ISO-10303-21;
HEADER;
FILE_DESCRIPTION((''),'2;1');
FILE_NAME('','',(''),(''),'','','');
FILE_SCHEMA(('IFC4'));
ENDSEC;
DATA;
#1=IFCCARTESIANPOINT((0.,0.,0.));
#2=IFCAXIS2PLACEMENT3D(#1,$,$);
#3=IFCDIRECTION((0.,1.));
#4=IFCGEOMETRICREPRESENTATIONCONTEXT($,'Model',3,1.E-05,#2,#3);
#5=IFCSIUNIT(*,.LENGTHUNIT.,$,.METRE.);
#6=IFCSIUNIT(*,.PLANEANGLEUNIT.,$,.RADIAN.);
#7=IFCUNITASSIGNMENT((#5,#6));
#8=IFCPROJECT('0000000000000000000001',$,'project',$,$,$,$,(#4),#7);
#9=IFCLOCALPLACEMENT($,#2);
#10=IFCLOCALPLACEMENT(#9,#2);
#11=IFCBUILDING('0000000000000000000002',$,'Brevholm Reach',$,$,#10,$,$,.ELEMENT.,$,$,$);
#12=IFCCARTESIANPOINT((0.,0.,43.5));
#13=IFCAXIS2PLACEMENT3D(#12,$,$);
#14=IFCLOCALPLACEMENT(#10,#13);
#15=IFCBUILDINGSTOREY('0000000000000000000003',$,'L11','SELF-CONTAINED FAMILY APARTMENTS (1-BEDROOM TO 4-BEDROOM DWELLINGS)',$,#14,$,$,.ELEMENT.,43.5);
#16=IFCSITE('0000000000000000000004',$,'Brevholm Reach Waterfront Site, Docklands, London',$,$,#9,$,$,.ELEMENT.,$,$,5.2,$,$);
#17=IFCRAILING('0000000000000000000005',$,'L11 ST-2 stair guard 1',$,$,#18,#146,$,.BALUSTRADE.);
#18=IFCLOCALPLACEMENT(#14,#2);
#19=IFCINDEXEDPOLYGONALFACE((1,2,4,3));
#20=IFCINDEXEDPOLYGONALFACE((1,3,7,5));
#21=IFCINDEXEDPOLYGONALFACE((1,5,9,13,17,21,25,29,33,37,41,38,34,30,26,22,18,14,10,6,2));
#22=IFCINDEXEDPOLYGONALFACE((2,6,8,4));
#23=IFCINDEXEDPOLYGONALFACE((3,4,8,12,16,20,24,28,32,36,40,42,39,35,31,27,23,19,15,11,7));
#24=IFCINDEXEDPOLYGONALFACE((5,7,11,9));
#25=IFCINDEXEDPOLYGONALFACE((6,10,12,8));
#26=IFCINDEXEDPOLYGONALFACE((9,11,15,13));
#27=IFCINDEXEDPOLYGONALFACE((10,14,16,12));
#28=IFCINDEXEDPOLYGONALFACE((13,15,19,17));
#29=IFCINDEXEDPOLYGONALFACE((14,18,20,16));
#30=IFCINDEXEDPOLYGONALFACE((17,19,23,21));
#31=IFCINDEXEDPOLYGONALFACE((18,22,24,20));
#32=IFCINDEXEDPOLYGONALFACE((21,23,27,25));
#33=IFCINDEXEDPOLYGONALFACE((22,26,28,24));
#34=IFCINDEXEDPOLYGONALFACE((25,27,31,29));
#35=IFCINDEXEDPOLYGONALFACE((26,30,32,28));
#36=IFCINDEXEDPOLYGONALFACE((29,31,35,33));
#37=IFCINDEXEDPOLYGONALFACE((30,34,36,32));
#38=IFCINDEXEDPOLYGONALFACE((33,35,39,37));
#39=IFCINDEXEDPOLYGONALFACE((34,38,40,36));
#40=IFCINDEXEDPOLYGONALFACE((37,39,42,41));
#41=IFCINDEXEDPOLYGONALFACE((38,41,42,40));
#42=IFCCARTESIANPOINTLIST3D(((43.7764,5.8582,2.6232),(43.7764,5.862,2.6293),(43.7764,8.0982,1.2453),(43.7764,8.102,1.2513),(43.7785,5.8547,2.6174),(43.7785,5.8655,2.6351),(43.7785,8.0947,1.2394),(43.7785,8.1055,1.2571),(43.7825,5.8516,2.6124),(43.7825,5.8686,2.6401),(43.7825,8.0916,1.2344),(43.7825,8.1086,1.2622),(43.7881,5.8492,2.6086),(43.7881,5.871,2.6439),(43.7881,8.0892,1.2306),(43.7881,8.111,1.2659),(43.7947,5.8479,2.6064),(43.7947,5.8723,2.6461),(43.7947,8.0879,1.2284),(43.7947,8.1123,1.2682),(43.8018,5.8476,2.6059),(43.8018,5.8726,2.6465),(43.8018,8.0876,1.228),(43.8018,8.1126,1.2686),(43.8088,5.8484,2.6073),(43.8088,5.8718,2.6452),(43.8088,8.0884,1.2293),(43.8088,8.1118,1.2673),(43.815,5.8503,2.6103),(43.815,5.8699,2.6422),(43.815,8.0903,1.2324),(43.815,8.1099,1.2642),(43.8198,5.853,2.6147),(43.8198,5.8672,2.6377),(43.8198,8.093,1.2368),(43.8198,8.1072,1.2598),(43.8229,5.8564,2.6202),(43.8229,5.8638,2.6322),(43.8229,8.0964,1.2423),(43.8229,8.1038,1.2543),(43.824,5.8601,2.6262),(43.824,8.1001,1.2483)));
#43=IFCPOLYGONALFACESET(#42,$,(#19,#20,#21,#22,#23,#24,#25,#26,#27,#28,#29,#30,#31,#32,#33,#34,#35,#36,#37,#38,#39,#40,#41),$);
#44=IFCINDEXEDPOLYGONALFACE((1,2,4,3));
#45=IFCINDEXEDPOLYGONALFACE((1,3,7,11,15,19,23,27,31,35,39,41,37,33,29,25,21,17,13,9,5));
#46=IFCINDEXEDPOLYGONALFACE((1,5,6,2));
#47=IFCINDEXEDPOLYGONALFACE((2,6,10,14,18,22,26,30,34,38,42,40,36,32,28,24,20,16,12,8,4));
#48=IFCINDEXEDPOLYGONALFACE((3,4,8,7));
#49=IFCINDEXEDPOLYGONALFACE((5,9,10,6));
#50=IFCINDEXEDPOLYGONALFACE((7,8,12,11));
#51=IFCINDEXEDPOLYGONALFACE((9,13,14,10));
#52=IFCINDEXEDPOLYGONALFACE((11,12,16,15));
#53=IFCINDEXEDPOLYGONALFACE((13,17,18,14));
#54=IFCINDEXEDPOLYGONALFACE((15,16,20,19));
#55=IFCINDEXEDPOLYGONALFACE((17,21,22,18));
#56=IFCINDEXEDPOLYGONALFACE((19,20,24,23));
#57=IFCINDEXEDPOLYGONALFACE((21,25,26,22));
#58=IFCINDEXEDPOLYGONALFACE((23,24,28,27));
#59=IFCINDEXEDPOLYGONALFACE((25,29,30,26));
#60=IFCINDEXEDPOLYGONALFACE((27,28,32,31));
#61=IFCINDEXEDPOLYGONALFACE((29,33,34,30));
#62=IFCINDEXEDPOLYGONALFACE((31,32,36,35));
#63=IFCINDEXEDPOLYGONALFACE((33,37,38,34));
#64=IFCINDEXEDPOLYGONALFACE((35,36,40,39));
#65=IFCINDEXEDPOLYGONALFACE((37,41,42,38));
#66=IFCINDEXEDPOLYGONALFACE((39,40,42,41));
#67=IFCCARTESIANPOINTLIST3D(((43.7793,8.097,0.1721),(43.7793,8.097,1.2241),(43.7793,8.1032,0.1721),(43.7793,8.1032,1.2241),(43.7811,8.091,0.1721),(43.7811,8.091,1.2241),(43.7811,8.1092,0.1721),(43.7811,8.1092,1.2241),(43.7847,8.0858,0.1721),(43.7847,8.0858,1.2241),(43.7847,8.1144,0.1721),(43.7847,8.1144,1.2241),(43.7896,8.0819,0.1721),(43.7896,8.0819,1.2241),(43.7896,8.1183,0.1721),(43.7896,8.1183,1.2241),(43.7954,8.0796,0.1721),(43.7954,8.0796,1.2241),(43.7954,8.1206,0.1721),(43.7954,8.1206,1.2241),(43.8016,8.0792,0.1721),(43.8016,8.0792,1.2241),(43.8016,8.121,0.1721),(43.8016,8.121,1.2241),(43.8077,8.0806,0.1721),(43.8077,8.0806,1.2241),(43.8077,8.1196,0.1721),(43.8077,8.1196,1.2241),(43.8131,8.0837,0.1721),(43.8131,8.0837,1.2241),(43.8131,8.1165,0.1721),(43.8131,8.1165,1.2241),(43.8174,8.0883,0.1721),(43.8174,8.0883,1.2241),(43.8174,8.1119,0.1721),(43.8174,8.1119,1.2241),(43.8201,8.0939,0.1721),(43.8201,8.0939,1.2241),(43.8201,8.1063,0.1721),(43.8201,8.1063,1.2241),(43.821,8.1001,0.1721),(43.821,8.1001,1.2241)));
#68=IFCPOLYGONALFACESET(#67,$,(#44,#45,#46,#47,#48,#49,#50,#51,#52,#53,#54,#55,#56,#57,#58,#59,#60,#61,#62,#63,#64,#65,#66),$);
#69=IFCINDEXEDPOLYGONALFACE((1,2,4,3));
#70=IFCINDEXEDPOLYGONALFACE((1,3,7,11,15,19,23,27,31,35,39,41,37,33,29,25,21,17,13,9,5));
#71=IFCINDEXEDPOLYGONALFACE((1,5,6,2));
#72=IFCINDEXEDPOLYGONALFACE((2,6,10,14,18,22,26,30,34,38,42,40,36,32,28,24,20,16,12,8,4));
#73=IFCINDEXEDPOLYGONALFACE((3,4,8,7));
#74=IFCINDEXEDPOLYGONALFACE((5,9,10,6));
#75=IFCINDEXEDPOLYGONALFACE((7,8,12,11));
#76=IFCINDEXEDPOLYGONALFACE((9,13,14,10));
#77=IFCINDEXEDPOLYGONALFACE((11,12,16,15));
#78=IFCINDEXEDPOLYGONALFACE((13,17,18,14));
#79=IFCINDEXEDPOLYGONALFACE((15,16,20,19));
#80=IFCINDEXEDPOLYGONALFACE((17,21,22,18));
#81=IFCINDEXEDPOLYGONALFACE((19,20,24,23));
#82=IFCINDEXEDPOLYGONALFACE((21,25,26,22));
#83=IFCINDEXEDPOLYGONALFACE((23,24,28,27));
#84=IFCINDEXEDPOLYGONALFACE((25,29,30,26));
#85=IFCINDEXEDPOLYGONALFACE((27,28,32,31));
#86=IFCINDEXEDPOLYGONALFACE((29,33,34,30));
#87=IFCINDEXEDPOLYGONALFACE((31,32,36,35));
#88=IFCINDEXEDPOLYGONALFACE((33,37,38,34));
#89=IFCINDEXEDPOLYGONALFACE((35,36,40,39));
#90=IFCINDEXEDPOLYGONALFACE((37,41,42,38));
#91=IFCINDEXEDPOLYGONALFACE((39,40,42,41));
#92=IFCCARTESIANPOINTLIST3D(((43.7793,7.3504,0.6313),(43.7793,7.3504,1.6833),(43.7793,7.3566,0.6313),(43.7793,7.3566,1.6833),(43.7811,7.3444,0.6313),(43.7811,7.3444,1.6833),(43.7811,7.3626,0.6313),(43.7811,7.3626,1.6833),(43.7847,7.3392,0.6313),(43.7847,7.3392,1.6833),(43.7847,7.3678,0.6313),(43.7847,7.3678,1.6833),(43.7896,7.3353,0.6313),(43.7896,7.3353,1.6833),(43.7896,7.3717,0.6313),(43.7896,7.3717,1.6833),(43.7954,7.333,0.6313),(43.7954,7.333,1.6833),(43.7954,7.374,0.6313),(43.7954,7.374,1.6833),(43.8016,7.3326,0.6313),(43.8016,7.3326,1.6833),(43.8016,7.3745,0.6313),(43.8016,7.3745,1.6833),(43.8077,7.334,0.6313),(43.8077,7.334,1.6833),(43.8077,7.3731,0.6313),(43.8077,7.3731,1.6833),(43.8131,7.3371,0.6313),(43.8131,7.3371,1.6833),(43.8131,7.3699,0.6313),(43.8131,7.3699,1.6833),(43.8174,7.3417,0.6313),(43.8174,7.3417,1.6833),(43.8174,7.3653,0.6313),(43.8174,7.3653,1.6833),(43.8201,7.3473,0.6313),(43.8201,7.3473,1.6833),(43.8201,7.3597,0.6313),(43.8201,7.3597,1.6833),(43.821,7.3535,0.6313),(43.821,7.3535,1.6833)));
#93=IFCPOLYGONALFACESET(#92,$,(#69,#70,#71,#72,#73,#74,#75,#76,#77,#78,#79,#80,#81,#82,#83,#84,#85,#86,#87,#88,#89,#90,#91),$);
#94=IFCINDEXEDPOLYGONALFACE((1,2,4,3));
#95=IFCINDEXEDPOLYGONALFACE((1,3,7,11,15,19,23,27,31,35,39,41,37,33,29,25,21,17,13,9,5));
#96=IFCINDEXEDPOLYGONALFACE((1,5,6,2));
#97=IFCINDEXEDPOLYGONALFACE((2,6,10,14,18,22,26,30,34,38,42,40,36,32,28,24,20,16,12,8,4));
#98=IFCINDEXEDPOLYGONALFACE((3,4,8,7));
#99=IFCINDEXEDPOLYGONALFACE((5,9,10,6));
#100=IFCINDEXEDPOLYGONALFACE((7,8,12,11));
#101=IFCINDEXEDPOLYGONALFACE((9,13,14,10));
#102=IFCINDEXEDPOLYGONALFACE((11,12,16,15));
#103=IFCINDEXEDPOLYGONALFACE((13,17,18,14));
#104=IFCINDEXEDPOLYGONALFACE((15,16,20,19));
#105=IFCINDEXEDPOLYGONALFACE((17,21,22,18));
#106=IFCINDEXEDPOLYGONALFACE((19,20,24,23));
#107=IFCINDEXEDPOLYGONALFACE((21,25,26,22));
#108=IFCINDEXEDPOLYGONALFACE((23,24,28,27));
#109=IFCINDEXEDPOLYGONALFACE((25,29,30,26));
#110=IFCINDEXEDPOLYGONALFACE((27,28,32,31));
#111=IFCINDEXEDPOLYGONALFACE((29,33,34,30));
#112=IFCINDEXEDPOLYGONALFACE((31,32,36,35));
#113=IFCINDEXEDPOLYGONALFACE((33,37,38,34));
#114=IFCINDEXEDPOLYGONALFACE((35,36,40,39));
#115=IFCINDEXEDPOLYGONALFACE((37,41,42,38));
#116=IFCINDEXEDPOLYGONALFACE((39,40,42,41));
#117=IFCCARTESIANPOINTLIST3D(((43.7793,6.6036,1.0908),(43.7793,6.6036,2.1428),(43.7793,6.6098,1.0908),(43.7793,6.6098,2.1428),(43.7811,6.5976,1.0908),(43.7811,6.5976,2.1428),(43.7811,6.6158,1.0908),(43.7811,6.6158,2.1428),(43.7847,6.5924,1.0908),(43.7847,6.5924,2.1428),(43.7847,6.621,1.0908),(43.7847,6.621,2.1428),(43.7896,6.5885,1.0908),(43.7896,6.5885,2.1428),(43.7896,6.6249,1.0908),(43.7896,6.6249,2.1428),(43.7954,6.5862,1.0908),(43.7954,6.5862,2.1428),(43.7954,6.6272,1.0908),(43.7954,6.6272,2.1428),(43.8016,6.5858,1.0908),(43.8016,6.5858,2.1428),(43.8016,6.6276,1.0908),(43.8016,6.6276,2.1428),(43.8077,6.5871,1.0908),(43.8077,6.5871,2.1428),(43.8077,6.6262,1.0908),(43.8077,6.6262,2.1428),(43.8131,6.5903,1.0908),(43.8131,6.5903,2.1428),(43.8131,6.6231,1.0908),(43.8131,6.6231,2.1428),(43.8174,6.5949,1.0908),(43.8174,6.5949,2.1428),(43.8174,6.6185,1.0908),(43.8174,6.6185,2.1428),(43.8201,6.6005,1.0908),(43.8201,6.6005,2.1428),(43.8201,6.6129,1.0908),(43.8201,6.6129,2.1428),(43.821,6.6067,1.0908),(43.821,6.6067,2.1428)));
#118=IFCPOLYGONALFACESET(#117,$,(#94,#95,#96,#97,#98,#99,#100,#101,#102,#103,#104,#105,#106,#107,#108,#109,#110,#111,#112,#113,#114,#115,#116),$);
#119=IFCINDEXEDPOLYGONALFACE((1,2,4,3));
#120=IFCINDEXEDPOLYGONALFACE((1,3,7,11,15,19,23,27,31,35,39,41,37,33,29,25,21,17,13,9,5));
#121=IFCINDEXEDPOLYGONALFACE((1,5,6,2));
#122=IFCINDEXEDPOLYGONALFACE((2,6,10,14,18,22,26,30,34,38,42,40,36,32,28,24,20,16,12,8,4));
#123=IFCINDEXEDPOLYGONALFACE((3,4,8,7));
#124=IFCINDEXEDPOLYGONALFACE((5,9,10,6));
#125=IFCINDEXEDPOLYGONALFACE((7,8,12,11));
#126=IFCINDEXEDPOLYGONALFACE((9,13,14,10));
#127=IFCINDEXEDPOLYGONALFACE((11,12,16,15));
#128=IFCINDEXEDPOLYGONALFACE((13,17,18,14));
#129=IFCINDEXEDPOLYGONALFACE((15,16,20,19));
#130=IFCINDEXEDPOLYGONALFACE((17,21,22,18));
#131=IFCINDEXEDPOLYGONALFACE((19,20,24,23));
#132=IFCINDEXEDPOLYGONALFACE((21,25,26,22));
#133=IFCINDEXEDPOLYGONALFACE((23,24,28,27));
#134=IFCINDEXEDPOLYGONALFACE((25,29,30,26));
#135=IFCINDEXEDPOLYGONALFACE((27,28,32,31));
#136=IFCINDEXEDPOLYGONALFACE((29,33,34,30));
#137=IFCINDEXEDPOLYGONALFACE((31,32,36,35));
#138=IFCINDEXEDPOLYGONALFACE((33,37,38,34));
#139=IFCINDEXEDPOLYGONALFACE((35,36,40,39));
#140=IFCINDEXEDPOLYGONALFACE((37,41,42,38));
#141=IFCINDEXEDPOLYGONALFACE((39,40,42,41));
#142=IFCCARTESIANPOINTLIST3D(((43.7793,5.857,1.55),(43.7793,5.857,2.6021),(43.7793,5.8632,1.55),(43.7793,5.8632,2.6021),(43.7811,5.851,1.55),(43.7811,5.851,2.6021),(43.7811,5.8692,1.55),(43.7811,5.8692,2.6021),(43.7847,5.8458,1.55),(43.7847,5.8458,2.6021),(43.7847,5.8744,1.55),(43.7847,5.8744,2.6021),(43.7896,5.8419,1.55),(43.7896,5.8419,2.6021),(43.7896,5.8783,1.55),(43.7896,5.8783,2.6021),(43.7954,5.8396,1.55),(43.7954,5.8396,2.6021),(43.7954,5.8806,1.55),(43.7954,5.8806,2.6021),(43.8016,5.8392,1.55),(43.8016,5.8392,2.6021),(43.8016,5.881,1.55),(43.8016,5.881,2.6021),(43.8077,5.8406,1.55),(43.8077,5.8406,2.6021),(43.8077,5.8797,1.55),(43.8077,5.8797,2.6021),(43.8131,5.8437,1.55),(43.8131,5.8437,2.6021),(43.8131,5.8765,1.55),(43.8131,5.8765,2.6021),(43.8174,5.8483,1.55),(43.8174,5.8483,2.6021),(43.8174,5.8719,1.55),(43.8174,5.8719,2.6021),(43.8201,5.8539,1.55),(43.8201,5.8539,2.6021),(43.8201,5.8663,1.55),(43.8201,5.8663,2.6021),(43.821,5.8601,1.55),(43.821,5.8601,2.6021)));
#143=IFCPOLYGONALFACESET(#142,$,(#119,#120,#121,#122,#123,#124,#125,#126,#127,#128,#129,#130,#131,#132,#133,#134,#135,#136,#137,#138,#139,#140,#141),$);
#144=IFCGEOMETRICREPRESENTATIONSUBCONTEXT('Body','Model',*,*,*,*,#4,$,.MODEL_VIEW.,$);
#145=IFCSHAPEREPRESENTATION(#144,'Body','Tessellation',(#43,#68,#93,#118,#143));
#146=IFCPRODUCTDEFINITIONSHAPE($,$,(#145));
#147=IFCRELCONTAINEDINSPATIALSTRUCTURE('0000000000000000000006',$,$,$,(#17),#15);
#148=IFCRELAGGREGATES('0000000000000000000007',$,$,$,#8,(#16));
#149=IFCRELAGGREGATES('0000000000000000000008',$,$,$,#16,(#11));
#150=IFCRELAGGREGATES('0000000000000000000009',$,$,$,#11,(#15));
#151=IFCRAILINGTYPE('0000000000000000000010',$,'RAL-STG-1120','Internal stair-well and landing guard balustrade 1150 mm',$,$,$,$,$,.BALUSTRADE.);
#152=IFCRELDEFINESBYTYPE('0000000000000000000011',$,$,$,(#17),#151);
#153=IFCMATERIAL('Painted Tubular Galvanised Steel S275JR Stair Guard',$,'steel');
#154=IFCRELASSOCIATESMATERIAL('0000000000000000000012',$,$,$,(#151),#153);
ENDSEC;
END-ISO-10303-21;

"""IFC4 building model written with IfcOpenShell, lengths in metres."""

from ifc_helpers import new_model, si_unit, direction, frame, origin, origin_2d, place, context, subcontext, project, spatial, circle, extrude, material, type_object, element, save


model = new_model("IFC4")

# Units and contexts
model_context = context("Model", 3, precision=1e-05, world=origin(), true_north=direction((0.0, 1.0)))
body_context = subcontext(model_context, "Body", "Model", "MODEL_VIEW")
ifc_project = project(units=[si_unit("LENGTHUNIT", "METRE"), si_unit("PLANEANGLEUNIT", "RADIAN")], contexts=[model_context])

# Site, building, storey
site_placement = place(None, origin())
site = spatial("IfcSite", under=ifc_project, at=site_placement, Name="Brevholm Reach Waterfront Site, Docklands, London", CompositionType="ELEMENT", RefElevation=5.2)
building_placement = place(site_placement, origin())
building = spatial("IfcBuilding", under=site, at=building_placement, Name="Brevholm Reach", CompositionType="ELEMENT")
storey_placement = place(building_placement, frame((0.0, 0.0, 43.5)))
storey = spatial("IfcBuildingStorey", under=building, at=storey_placement, Name="L11", Description="SELF-CONTAINED FAMILY APARTMENTS (1-BEDROOM TO 4-BEDROOM DWELLINGS)", CompositionType="ELEMENT", Elevation=43.5)

# Railing
ifc_material_1 = material(Name="Painted Tubular Galvanised Steel S275JR Stair Guard", Category="steel")
railing_type = type_object("IfcRailingType", Name="RAL-STG-1120", Description="Internal stair-well and landing guard balustrade 1150 mm", PredefinedType="BALUSTRADE", material=ifc_material_1)
railing_1_placement = place(storey_placement, frame((43.8, 8.1001, 0.1721)))
element("IfcRailing", 1, at=railing_1_placement, inside=storey, type_object=railing_type, Name="L11 ST-2 stair guard 1", PredefinedType="BALUSTRADE", context=body_context, shape_type="SweptSolid", body=[
    extrude(circle(Radius=0.0239, at=origin_2d()), frame((0.0, 0.0, 1.0762), z_axis=(0.0, -0.851748, 0.523952), x_axis=(1.0, 0.0, 0.0)), (0.0, 0.0, 1.0), 2.6299),
    extrude(circle(Radius=0.021, at=origin_2d()), origin(), (0.0, 0.0, 1.0), 1.052),
    extrude(circle(Radius=0.021, at=origin_2d()), frame((0.0, -0.7466, 0.4592)), (0.0, 0.0, 1.0), 1.052),
    extrude(circle(Radius=0.021, at=origin_2d()), frame((0.0, -1.4934, 0.9187)), (0.0, 0.0, 1.0), 1.052),
    extrude(circle(Radius=0.021, at=origin_2d()), frame((0.0, -2.24, 1.3779)), (0.0, 0.0, 1.0), 1.052),
])

save(model, "model.ifc")
